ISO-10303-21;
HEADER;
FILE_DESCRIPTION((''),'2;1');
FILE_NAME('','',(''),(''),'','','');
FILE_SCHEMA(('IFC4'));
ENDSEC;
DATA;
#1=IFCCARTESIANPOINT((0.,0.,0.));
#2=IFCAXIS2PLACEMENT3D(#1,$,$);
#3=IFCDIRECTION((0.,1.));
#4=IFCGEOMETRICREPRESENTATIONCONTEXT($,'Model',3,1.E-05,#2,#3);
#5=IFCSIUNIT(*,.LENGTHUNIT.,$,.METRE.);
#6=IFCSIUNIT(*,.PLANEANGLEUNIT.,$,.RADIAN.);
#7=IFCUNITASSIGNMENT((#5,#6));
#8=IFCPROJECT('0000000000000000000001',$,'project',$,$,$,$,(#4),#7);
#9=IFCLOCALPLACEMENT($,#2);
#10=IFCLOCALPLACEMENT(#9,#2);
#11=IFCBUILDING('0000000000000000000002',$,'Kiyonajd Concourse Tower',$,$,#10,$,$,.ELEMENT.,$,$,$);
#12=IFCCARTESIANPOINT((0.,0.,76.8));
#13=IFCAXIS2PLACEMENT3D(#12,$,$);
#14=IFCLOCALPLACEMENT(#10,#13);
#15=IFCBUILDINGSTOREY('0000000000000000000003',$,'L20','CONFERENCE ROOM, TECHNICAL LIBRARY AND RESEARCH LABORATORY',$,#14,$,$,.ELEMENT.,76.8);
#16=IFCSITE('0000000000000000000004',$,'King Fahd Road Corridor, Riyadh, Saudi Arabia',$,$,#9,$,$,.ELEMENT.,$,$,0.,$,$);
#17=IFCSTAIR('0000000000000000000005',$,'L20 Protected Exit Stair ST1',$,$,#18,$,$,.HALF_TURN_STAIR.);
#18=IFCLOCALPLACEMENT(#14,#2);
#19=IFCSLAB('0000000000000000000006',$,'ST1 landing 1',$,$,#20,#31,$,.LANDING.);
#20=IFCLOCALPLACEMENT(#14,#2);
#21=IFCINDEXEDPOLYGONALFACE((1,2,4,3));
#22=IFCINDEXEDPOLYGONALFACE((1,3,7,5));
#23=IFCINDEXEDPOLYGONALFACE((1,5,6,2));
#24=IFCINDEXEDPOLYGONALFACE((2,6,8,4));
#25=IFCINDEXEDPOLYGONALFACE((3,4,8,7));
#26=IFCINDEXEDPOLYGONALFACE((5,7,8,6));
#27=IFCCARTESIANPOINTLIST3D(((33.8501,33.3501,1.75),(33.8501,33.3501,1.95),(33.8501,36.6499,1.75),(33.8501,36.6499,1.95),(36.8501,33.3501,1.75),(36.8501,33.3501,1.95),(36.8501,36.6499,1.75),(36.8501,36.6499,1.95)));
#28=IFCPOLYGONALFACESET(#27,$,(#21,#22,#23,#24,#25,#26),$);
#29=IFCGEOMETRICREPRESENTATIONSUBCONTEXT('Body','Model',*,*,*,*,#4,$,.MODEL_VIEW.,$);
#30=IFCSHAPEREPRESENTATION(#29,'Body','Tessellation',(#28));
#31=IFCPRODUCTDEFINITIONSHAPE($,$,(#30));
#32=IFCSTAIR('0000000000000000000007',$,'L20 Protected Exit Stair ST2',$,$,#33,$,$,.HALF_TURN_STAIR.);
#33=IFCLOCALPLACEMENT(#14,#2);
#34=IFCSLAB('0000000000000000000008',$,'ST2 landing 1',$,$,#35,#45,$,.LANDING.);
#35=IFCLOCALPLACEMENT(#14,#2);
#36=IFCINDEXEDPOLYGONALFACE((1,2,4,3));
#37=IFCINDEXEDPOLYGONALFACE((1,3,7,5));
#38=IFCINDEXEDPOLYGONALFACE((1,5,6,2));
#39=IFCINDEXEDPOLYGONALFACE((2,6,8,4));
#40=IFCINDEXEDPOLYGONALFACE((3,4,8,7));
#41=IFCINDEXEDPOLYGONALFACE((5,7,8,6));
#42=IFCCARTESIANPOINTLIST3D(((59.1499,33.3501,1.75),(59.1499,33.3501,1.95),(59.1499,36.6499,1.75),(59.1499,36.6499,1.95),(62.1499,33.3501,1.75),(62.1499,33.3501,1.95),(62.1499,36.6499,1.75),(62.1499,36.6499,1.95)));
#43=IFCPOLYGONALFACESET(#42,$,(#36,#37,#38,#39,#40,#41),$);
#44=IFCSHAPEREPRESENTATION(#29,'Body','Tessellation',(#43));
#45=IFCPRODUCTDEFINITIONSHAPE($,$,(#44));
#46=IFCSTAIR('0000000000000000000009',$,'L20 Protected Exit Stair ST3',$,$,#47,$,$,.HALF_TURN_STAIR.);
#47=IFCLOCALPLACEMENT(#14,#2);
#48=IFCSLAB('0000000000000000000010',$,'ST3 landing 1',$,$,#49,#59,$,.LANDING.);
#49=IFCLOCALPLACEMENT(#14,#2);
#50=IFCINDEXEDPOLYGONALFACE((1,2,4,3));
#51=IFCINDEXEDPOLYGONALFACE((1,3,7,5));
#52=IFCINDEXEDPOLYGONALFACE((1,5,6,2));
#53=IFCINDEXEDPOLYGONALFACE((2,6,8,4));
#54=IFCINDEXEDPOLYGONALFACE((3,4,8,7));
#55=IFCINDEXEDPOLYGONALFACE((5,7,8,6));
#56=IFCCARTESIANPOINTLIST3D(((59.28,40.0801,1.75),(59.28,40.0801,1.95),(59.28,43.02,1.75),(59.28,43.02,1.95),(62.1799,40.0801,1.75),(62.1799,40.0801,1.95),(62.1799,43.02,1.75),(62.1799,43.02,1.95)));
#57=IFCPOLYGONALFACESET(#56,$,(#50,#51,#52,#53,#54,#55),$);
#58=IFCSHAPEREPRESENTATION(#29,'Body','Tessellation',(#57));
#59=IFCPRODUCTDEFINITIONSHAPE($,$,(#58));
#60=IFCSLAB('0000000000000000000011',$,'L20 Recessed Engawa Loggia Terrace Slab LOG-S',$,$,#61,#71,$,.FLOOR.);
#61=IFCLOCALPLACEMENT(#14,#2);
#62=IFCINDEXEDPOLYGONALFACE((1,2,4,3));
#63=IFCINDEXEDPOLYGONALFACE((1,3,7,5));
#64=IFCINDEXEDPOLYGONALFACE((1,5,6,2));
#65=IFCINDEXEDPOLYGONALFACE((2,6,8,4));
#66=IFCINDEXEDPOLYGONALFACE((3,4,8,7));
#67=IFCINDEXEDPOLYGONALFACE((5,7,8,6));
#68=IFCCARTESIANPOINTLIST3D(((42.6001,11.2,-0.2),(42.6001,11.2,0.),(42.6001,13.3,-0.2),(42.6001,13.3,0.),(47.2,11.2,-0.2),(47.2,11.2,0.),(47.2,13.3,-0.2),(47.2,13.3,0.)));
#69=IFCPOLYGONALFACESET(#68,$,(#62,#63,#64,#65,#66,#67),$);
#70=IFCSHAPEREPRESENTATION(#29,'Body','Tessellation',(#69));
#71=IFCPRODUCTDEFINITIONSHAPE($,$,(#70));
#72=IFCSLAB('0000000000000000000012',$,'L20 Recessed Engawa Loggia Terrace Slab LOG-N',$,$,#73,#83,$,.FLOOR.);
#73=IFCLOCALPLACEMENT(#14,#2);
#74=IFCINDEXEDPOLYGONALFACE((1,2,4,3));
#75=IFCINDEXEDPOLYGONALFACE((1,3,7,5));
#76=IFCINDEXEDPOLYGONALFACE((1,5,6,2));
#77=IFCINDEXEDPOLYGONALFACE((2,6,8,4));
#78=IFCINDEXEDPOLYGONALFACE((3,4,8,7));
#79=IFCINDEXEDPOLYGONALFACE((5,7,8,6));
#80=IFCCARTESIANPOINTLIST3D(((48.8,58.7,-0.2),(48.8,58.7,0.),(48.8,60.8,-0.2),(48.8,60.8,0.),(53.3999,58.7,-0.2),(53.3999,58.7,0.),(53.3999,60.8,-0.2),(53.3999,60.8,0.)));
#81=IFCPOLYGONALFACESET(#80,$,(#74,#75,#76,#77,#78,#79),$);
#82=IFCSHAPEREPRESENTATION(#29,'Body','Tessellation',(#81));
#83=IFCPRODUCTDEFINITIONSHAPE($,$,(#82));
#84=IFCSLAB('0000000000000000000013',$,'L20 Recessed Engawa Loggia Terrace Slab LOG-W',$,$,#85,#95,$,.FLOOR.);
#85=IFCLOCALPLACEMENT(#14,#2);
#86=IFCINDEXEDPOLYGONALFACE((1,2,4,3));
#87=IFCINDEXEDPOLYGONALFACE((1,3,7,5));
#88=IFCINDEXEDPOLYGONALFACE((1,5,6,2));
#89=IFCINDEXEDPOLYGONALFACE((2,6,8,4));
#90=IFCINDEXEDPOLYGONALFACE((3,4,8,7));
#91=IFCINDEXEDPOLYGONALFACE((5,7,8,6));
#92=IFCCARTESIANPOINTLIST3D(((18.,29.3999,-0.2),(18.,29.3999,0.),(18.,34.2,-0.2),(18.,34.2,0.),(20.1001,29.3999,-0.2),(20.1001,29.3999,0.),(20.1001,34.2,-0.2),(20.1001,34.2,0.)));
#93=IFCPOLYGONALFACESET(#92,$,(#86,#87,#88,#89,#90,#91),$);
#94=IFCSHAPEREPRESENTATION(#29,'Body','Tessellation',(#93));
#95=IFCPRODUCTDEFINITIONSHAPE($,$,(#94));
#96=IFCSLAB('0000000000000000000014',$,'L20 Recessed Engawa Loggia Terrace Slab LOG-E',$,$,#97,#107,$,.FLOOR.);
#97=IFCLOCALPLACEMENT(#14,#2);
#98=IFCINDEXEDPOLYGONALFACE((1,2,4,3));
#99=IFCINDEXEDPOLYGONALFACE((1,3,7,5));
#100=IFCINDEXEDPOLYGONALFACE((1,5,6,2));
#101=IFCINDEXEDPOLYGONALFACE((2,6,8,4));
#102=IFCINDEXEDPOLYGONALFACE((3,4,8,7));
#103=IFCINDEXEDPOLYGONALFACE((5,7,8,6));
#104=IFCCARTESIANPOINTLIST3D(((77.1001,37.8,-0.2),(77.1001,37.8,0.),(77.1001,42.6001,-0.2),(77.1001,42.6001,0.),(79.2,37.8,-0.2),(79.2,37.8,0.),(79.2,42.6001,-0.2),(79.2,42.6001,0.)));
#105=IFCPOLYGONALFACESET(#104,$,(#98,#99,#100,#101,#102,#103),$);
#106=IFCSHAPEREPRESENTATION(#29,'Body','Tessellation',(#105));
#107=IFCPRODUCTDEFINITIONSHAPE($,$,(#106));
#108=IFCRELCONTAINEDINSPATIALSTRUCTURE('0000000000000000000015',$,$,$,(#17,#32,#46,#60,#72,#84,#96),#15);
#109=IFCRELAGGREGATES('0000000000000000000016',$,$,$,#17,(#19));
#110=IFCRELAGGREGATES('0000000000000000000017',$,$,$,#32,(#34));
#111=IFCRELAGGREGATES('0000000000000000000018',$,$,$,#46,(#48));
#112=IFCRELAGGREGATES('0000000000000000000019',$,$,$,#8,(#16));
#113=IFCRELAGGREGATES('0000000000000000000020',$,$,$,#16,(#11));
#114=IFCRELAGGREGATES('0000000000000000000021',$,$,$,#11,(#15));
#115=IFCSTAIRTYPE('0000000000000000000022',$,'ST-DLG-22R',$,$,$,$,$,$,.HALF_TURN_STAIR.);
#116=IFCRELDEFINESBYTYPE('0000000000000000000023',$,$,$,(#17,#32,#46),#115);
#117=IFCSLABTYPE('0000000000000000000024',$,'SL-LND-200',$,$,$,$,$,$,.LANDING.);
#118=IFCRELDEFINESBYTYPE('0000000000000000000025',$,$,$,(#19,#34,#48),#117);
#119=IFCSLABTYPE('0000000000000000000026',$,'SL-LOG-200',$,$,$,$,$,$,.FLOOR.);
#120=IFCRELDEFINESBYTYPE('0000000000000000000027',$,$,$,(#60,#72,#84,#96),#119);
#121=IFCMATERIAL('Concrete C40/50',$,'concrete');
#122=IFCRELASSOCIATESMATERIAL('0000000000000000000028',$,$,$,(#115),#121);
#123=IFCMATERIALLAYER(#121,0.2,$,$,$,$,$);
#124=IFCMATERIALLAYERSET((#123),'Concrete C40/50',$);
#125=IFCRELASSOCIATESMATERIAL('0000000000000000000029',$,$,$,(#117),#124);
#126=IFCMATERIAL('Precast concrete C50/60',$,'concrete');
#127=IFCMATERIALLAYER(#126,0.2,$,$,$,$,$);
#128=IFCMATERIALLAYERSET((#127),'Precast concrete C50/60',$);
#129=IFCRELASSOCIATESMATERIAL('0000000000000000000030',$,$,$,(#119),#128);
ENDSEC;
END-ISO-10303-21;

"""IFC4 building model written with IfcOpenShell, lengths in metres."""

from ifc_helpers import new_model, si_unit, direction, frame, origin, place, context, subcontext, project, spatial, polyline, outline, extrude, material, layer, layer_set, type_object, element, aggregate, save


model = new_model("IFC4")

# Units and contexts
model_context = context("Model", 3, precision=1e-05, world=origin(), true_north=direction((0.0, 1.0)))
body_context = subcontext(model_context, "Body", "Model", "MODEL_VIEW")
ifc_project = project(units=[si_unit("LENGTHUNIT", "METRE"), si_unit("PLANEANGLEUNIT", "RADIAN")], contexts=[model_context])

# Site, building, storey
site_placement = place(None, origin())
site = spatial("IfcSite", under=ifc_project, at=site_placement, Name="King Fahd Road Corridor, Riyadh, Saudi Arabia", CompositionType="ELEMENT", RefElevation=0.0)
building_placement = place(site_placement, origin())
building = spatial("IfcBuilding", under=site, at=building_placement, Name="Kiyonajd Concourse Tower", CompositionType="ELEMENT")
storey_placement = place(building_placement, frame((0.0, 0.0, 76.8)))
storey = spatial("IfcBuildingStorey", under=building, at=storey_placement, Name="L20", Description="CONFERENCE ROOM, TECHNICAL LIBRARY AND RESEARCH LABORATORY", CompositionType="ELEMENT", Elevation=76.8)

# Stairs, slabs
ifc_material_1 = material(Name="Concrete C40/50", Category="concrete")
stair_type = type_object("IfcStairType", Name="ST-DLG-22R", PredefinedType="HALF_TURN_STAIR", material=ifc_material_1)
stair_1_placement = place(storey_placement, origin())
stair_1 = element("IfcStair", 1, at=stair_1_placement, inside=storey, type_object=stair_type, Name="L20 Protected Exit Stair ST1", PredefinedType="HALF_TURN_STAIR")
ifc_layer_1 = layer(ifc_material_1, 0.2)
ifc_layer_set_1 = layer_set([ifc_layer_1], Name="Concrete C40/50")
slab_type_1 = type_object("IfcSlabType", Name="SL-LND-200", PredefinedType="LANDING", material=ifc_layer_set_1)
slab_1_placement = place(storey_placement, frame((0.0, 0.0, 1.75)))
slab_1 = element("IfcSlab", 2, at=slab_1_placement, type_object=slab_type_1, Name="ST1 landing 1", PredefinedType="LANDING", context=body_context, shape_type="SweptSolid", body=[
    extrude(outline(polyline([(36.8501, 33.3501), (36.8501, 36.6499), (33.8501, 36.6499), (33.8501, 33.3501), (36.8501, 33.3501)])), origin(), (0.0, 0.0, 1.0), 0.2),
])
aggregate(stair_1, [slab_1])
stair_2_placement = place(storey_placement, origin())
stair_2 = element("IfcStair", 3, at=stair_2_placement, inside=storey, type_object=stair_type, Name="L20 Protected Exit Stair ST2", PredefinedType="HALF_TURN_STAIR")
slab_2_placement = place(storey_placement, frame((0.0, 0.0, 1.75)))
slab_2 = element("IfcSlab", 4, at=slab_2_placement, type_object=slab_type_1, Name="ST2 landing 1", PredefinedType="LANDING", context=body_context, shape_type="SweptSolid", body=[
    extrude(outline(polyline([(62.1499, 33.3501), (62.1499, 36.6499), (59.1499, 36.6499), (59.1499, 33.3501), (62.1499, 33.3501)])), origin(), (0.0, 0.0, 1.0), 0.2),
])
aggregate(stair_2, [slab_2])
stair_3_placement = place(storey_placement, origin())
stair_3 = element("IfcStair", 5, at=stair_3_placement, inside=storey, type_object=stair_type, Name="L20 Protected Exit Stair ST3", PredefinedType="HALF_TURN_STAIR")
slab_3_placement = place(storey_placement, frame((0.0, 0.0, 1.75)))
slab_3 = element("IfcSlab", 6, at=slab_3_placement, type_object=slab_type_1, Name="ST3 landing 1", PredefinedType="LANDING", context=body_context, shape_type="SweptSolid", body=[
    extrude(outline(polyline([(59.28, 40.0801), (62.1799, 40.0801), (62.1799, 43.02), (59.28, 43.02), (59.28, 40.0801)])), origin(), (0.0, 0.0, 1.0), 0.2),
])
aggregate(stair_3, [slab_3])

# Slabs
ifc_material_2 = material(Name="Precast concrete C50/60", Category="concrete")
ifc_layer_2 = layer(ifc_material_2, 0.2)
ifc_layer_set_2 = layer_set([ifc_layer_2], Name="Precast concrete C50/60")
slab_type_2 = type_object("IfcSlabType", Name="SL-LOG-200", PredefinedType="FLOOR", material=ifc_layer_set_2)
slab_4_placement = place(storey_placement, frame((0.0, 0.0, -0.2)))
element("IfcSlab", 7, at=slab_4_placement, inside=storey, type_object=slab_type_2, Name="L20 Recessed Engawa Loggia Terrace Slab LOG-S", PredefinedType="FLOOR", context=body_context, shape_type="SweptSolid", body=[
    extrude(outline(polyline([(42.6001, 11.2), (47.2, 11.2), (47.2, 13.3), (42.6001, 13.3), (42.6001, 11.2)])), origin(), (0.0, 0.0, 1.0), 0.2),
])
slab_5_placement = place(storey_placement, frame((0.0, 0.0, -0.2)))
element("IfcSlab", 8, at=slab_5_placement, inside=storey, type_object=slab_type_2, Name="L20 Recessed Engawa Loggia Terrace Slab LOG-N", PredefinedType="FLOOR", context=body_context, shape_type="SweptSolid", body=[
    extrude(outline(polyline([(48.8, 58.7), (53.3999, 58.7), (53.3999, 60.8), (48.8, 60.8), (48.8, 58.7)])), origin(), (0.0, 0.0, 1.0), 0.2),
])
slab_6_placement = place(storey_placement, frame((0.0, 0.0, -0.2)))
element("IfcSlab", 9, at=slab_6_placement, inside=storey, type_object=slab_type_2, Name="L20 Recessed Engawa Loggia Terrace Slab LOG-W", PredefinedType="FLOOR", context=body_context, shape_type="SweptSolid", body=[
    extrude(outline(polyline([(18.0, 29.3999), (20.1001, 29.3999), (20.1001, 34.2), (18.0, 34.2), (18.0, 29.3999)])), origin(), (0.0, 0.0, 1.0), 0.2),
])
slab_7_placement = place(storey_placement, frame((0.0, 0.0, -0.2)))
element("IfcSlab", 10, at=slab_7_placement, inside=storey, type_object=slab_type_2, Name="L20 Recessed Engawa Loggia Terrace Slab LOG-E", PredefinedType="FLOOR", context=body_context, shape_type="SweptSolid", body=[
    extrude(outline(polyline([(77.1001, 37.8), (79.2, 37.8), (79.2, 42.6001), (77.1001, 42.6001), (77.1001, 37.8)])), origin(), (0.0, 0.0, 1.0), 0.2),
])

save(model, "model.ifc")
